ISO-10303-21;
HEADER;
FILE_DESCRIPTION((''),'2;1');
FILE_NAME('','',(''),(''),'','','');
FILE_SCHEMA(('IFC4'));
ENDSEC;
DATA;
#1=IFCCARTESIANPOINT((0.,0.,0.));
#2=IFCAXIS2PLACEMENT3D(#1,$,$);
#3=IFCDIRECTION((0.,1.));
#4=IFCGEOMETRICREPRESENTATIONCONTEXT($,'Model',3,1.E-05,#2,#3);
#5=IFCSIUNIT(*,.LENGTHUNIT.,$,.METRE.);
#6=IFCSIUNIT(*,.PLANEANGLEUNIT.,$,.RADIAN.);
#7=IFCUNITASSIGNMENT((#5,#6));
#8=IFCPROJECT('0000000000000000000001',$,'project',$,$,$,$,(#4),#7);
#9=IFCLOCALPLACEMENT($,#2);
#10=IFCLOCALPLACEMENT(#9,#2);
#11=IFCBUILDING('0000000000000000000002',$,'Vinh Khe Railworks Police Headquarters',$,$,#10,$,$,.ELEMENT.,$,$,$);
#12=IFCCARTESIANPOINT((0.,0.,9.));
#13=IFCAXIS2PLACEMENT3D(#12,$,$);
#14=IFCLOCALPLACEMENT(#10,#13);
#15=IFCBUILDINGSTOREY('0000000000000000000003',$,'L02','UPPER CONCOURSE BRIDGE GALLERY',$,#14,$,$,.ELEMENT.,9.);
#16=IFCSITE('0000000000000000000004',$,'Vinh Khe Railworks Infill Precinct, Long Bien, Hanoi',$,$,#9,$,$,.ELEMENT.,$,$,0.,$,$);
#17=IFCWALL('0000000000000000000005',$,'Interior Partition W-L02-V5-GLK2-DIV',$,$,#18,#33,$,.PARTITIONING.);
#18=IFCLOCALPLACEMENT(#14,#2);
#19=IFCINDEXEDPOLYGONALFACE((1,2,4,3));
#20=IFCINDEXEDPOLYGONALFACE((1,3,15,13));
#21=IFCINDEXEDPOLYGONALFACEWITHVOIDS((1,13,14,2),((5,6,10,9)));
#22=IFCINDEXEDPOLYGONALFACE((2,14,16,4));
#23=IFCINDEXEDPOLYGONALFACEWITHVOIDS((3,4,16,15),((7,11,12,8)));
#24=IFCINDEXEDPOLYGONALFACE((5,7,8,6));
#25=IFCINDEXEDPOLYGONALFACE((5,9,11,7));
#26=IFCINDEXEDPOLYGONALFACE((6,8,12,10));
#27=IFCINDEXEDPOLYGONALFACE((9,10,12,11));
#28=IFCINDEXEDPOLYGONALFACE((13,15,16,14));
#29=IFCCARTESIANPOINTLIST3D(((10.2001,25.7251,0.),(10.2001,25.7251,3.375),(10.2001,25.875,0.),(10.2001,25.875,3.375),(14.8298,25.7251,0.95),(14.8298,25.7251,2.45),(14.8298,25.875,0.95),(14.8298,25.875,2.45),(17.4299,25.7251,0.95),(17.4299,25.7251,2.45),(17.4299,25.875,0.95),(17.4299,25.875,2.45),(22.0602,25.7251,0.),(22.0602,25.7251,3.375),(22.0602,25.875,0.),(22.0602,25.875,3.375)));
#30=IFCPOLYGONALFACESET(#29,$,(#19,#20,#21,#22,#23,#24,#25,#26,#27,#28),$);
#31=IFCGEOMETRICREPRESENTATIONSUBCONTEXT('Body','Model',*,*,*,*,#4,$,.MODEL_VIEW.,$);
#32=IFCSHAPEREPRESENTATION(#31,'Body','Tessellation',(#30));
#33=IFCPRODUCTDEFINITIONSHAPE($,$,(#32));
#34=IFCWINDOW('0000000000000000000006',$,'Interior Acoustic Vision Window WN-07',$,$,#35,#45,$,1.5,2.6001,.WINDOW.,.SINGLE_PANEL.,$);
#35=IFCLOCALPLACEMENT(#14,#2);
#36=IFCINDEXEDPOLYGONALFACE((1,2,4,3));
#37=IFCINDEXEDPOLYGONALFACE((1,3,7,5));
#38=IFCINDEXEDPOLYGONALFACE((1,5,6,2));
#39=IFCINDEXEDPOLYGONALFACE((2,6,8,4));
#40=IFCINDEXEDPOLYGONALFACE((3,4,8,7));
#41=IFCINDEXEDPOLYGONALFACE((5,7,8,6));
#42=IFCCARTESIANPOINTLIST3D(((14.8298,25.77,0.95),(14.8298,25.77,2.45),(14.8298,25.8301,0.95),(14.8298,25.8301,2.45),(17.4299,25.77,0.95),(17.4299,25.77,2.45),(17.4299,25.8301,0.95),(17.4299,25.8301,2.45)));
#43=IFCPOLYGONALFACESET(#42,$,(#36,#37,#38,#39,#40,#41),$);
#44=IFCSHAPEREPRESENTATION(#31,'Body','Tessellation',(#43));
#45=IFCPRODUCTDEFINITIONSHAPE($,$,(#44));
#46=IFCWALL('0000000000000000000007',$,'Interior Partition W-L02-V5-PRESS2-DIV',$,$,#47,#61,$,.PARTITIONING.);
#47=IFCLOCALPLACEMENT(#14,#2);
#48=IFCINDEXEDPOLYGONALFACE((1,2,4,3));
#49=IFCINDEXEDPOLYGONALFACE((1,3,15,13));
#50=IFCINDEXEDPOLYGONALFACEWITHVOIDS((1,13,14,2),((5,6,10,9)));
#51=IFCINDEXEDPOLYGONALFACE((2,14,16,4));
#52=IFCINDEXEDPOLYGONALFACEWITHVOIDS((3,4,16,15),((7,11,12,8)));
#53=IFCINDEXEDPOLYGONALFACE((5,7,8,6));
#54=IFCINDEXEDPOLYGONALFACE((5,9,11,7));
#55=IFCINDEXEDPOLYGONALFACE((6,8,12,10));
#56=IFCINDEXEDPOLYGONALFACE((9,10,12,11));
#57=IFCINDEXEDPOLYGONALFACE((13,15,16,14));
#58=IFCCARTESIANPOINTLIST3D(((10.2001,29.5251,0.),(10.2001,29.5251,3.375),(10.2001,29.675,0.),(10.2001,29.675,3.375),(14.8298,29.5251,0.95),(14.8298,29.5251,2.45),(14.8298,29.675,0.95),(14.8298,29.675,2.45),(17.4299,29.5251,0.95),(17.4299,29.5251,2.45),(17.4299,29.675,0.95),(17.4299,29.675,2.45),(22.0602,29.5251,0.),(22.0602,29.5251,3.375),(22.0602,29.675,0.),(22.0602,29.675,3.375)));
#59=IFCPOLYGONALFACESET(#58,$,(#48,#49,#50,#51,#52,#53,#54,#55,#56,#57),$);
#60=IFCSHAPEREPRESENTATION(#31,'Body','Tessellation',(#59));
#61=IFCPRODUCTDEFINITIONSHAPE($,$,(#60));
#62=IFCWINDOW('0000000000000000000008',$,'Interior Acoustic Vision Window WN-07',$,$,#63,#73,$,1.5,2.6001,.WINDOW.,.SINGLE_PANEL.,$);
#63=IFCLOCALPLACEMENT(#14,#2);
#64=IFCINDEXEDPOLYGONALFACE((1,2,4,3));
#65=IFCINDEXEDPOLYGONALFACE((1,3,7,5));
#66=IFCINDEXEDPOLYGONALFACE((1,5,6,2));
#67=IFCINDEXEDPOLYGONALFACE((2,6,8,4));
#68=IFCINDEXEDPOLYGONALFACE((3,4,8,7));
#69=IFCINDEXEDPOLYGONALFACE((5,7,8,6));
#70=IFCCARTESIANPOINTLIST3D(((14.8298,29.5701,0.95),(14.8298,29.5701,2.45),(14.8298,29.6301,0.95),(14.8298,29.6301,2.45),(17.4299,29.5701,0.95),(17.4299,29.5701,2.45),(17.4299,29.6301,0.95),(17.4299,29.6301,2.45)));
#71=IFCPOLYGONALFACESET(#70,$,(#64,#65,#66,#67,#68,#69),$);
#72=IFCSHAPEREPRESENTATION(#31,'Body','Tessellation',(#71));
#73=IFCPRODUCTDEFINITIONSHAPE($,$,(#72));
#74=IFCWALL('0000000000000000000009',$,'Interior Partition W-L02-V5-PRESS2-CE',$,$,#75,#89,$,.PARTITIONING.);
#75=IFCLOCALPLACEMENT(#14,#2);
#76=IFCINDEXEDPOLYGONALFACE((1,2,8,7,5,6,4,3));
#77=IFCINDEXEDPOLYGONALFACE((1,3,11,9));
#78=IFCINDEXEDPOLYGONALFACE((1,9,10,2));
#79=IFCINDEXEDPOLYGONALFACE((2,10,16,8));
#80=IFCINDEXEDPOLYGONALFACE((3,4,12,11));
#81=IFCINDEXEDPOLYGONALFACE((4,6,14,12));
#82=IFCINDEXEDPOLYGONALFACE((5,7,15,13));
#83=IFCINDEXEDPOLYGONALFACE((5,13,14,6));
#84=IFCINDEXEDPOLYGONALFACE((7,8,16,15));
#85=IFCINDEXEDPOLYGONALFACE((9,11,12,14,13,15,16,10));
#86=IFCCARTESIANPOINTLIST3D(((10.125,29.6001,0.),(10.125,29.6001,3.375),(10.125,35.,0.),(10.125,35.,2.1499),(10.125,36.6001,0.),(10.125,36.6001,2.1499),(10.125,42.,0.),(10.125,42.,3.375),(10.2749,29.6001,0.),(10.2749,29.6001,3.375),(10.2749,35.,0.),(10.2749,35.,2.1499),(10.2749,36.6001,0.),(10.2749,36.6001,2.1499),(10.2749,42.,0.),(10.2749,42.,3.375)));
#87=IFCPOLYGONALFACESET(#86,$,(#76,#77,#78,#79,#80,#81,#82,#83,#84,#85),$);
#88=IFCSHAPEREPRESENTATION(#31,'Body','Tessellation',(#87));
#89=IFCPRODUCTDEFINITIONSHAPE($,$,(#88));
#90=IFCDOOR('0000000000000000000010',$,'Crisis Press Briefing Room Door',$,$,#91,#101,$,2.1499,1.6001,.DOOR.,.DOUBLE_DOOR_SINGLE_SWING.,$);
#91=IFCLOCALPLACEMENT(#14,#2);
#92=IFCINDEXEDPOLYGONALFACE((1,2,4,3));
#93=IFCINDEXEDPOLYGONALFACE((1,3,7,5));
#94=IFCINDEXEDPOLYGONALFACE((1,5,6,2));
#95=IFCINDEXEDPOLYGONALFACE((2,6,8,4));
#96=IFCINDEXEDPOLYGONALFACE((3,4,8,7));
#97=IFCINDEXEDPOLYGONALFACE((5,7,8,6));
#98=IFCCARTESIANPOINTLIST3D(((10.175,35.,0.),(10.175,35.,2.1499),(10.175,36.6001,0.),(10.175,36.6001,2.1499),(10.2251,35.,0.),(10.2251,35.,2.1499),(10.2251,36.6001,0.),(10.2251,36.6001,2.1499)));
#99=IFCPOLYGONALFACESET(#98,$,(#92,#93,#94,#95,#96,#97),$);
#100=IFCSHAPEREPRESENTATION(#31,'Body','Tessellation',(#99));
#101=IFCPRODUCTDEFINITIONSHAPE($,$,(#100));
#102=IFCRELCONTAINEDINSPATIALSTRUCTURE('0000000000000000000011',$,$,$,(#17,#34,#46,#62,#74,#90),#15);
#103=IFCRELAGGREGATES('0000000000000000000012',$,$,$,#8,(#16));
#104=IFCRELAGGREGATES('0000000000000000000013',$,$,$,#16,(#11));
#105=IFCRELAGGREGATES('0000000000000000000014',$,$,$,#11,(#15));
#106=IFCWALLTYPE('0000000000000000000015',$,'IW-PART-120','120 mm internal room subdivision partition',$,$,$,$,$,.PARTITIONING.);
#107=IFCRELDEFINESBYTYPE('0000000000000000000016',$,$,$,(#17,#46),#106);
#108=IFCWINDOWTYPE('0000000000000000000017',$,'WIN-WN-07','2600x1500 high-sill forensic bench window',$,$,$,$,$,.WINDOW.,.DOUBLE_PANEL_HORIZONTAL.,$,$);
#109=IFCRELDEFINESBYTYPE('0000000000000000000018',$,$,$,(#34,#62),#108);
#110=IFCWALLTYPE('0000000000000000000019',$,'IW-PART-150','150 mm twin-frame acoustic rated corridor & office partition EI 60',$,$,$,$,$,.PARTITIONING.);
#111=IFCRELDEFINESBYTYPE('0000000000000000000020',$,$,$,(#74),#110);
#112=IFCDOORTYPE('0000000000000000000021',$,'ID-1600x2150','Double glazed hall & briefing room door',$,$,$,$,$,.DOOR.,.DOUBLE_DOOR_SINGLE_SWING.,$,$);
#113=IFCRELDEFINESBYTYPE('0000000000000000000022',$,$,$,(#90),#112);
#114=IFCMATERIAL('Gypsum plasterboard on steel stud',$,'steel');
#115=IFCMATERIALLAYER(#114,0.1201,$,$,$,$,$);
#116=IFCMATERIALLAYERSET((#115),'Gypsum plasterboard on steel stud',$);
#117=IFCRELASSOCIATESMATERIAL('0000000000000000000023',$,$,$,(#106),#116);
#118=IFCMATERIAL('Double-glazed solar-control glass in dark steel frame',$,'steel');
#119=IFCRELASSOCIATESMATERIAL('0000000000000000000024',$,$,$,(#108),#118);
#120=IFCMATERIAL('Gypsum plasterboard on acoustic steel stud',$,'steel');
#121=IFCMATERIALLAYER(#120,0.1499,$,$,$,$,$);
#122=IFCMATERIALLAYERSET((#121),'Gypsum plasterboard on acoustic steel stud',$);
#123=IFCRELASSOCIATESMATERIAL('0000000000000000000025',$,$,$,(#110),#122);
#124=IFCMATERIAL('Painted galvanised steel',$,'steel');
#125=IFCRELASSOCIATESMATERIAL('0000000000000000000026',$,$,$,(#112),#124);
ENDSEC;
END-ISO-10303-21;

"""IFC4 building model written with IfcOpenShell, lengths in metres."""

from ifc_helpers import new_model, si_unit, direction, frame, frame_2d, origin, place, context, subcontext, project, spatial, rectangle, extrude, material, layer, layer_set, type_object, element, fill, save


model = new_model("IFC4")

# Units and contexts
model_context = context("Model", 3, precision=1e-05, world=origin(), true_north=direction((0.0, 1.0)))
body_context = subcontext(model_context, "Body", "Model", "MODEL_VIEW")
ifc_project = project(units=[si_unit("LENGTHUNIT", "METRE"), si_unit("PLANEANGLEUNIT", "RADIAN")], contexts=[model_context])

# Site, building, storey
site_placement = place(None, origin())
site = spatial("IfcSite", under=ifc_project, at=site_placement, Name="Vinh Khe Railworks Infill Precinct, Long Bien, Hanoi", CompositionType="ELEMENT", RefElevation=0.0)
building_placement = place(site_placement, origin())
building = spatial("IfcBuilding", under=site, at=building_placement, Name="Vinh Khe Railworks Police Headquarters", CompositionType="ELEMENT")
storey_placement = place(building_placement, frame((0.0, 0.0, 9.0)))
storey = spatial("IfcBuildingStorey", under=building, at=storey_placement, Name="L02", Description="UPPER CONCOURSE BRIDGE GALLERY", CompositionType="ELEMENT", Elevation=9.0)

# Walls, openings, windows
ifc_material_1 = material(Name="Gypsum plasterboard on steel stud", Category="steel")
ifc_layer_1 = layer(ifc_material_1, 0.1201)
ifc_layer_set_1 = layer_set([ifc_layer_1], Name="Gypsum plasterboard on steel stud")
wall_type_1 = type_object("IfcWallType", Name="IW-PART-120", Description="120 mm internal room subdivision partition", PredefinedType="PARTITIONING", material=ifc_layer_set_1)
wall_1_placement = place(storey_placement, frame((10.2, 25.8, 0.0), z_axis=(0.0, 0.0, 1.0), x_axis=(1.0, 0.0, 0.0)))
wall_1 = element("IfcWall", 1, at=wall_1_placement, inside=storey, type_object=wall_type_1, Name="Interior Partition W-L02-V5-GLK2-DIV", PredefinedType="PARTITIONING", context=body_context, shape_type="SweptSolid", body=[
    extrude(rectangle(XDim=11.8601, YDim=0.1499, at=frame_2d((5.9302, 0.0))), origin(), (0.0, 0.0, 1.0), 3.375),
])
opening_1_placement = place(wall_1_placement, frame((4.6299, 0.0, 0.95)))
opening_1 = element("IfcOpeningElement", 2, at=opening_1_placement, cuts=wall_1, PredefinedType="OPENING", context=body_context, shape_type="SweptSolid", body=[
    extrude(rectangle(XDim=2.6001, YDim=1.5, at=frame_2d((1.3, 0.75))), frame((0.0, 0.0898, 0.0), z_axis=(0.0, -1.0, 0.0), x_axis=(1.0, 0.0, 0.0)), (0.0, 0.0, 1.0), 0.1797),
])
ifc_material_2 = material(Name="Double-glazed solar-control glass in dark steel frame", Category="steel")
window_type = type_object("IfcWindowType", Name="WIN-WN-07", Description="2600x1500 high-sill forensic bench window", PartitioningType="DOUBLE_PANEL_HORIZONTAL", PredefinedType="WINDOW", material=ifc_material_2)
window_1_placement = place(opening_1_placement, origin())
window_1 = element("IfcWindow", 3, at=window_1_placement, inside=storey, type_object=window_type, Name="Interior Acoustic Vision Window WN-07", OverallHeight=1.5, OverallWidth=2.6001, PartitioningType="SINGLE_PANEL", PredefinedType="WINDOW", context=body_context, shape_type="SweptSolid", body=[
    extrude(rectangle(XDim=2.6001, YDim=1.5, at=frame_2d((1.3, 0.75))), frame((0.0, 0.03, 0.0), z_axis=(0.0, -1.0, 0.0), x_axis=(1.0, 0.0, 0.0)), (0.0, 0.0, 1.0), 0.0601),
])
fill(opening_1, window_1)
wall_2_placement = place(storey_placement, frame((10.2, 29.6001, 0.0), z_axis=(0.0, 0.0, 1.0), x_axis=(1.0, 0.0, 0.0)))
wall_2 = element("IfcWall", 4, at=wall_2_placement, inside=storey, type_object=wall_type_1, Name="Interior Partition W-L02-V5-PRESS2-DIV", PredefinedType="PARTITIONING", context=body_context, shape_type="SweptSolid", body=[
    extrude(rectangle(XDim=11.8601, YDim=0.1499, at=frame_2d((5.9302, 0.0))), origin(), (0.0, 0.0, 1.0), 3.375),
])
opening_2_placement = place(wall_2_placement, frame((4.6299, 0.0, 0.95)))
opening_2 = element("IfcOpeningElement", 5, at=opening_2_placement, cuts=wall_2, PredefinedType="OPENING", context=body_context, shape_type="SweptSolid", body=[
    extrude(rectangle(XDim=2.6001, YDim=1.5, at=frame_2d((1.3, 0.75))), frame((0.0, 0.0898, 0.0), z_axis=(0.0, -1.0, 0.0), x_axis=(1.0, 0.0, 0.0)), (0.0, 0.0, 1.0), 0.1797),
])
window_2_placement = place(opening_2_placement, origin())
window_2 = element("IfcWindow", 6, at=window_2_placement, inside=storey, type_object=window_type, Name="Interior Acoustic Vision Window WN-07", OverallHeight=1.5, OverallWidth=2.6001, PartitioningType="SINGLE_PANEL", PredefinedType="WINDOW", context=body_context, shape_type="SweptSolid", body=[
    extrude(rectangle(XDim=2.6001, YDim=1.5, at=frame_2d((1.3, 0.75))), frame((0.0, 0.03, 0.0), z_axis=(0.0, -1.0, 0.0), x_axis=(1.0, 0.0, 0.0)), (0.0, 0.0, 1.0), 0.0601),
])
fill(opening_2, window_2)

# Wall, opening, door
ifc_material_3 = material(Name="Gypsum plasterboard on acoustic steel stud", Category="steel")
ifc_layer_2 = layer(ifc_material_3, 0.1499)
ifc_layer_set_2 = layer_set([ifc_layer_2], Name="Gypsum plasterboard on acoustic steel stud")
wall_type_2 = type_object("IfcWallType", Name="IW-PART-150", Description="150 mm twin-frame acoustic rated corridor & office partition EI 60", PredefinedType="PARTITIONING", material=ifc_layer_set_2)
ifc_material_4 = material(Name="Painted galvanised steel", Category="steel")
wall_3_placement = place(storey_placement, frame((10.2, 29.6001, 0.0), z_axis=(0.0, 0.0, 1.0), x_axis=(0.0, 1.0, 0.0)))
wall_3 = element("IfcWall", 7, at=wall_3_placement, inside=storey, type_object=wall_type_2, Name="Interior Partition W-L02-V5-PRESS2-CE", PredefinedType="PARTITIONING", context=body_context, shape_type="SweptSolid", body=[
    extrude(rectangle(XDim=12.3999, YDim=0.1499, at=frame_2d((6.2, 0.0))), origin(), (0.0, 0.0, 1.0), 3.375),
])
opening_3_placement = place(wall_3_placement, frame((5.3999, 0.0, 0.0)))
opening_3 = element("IfcOpeningElement", 8, at=opening_3_placement, cuts=wall_3, PredefinedType="OPENING", context=body_context, shape_type="SweptSolid", body=[
    extrude(rectangle(XDim=1.6001, YDim=2.1499, at=frame_2d((0.8, 1.075))), frame((0.0, 0.0898, 0.0), z_axis=(0.0, -1.0, 0.0), x_axis=(1.0, 0.0, 0.0)), (0.0, 0.0, 1.0), 0.1797),
])
door_type_1 = type_object("IfcDoorType", Name="ID-1600x2150", Description="Double glazed hall & briefing room door", OperationType="DOUBLE_DOOR_SINGLE_SWING", PredefinedType="DOOR", material=ifc_material_4)
door_1_placement = place(opening_3_placement, origin())
door_1 = element("IfcDoor", 9, at=door_1_placement, inside=storey, type_object=door_type_1, Name="Crisis Press Briefing Room Door", OperationType="DOUBLE_DOOR_SINGLE_SWING", OverallHeight=2.1499, OverallWidth=1.6001, PredefinedType="DOOR", context=body_context, shape_type="SweptSolid", body=[
    extrude(rectangle(XDim=1.6001, YDim=2.1499, at=frame_2d((0.8, 1.075))), frame((0.0, 0.0249, 0.0), z_axis=(0.0, -1.0, 0.0), x_axis=(1.0, 0.0, 0.0)), (0.0, 0.0, 1.0), 0.05),
])
fill(opening_3, door_1)

save(model, "model.ifc")
